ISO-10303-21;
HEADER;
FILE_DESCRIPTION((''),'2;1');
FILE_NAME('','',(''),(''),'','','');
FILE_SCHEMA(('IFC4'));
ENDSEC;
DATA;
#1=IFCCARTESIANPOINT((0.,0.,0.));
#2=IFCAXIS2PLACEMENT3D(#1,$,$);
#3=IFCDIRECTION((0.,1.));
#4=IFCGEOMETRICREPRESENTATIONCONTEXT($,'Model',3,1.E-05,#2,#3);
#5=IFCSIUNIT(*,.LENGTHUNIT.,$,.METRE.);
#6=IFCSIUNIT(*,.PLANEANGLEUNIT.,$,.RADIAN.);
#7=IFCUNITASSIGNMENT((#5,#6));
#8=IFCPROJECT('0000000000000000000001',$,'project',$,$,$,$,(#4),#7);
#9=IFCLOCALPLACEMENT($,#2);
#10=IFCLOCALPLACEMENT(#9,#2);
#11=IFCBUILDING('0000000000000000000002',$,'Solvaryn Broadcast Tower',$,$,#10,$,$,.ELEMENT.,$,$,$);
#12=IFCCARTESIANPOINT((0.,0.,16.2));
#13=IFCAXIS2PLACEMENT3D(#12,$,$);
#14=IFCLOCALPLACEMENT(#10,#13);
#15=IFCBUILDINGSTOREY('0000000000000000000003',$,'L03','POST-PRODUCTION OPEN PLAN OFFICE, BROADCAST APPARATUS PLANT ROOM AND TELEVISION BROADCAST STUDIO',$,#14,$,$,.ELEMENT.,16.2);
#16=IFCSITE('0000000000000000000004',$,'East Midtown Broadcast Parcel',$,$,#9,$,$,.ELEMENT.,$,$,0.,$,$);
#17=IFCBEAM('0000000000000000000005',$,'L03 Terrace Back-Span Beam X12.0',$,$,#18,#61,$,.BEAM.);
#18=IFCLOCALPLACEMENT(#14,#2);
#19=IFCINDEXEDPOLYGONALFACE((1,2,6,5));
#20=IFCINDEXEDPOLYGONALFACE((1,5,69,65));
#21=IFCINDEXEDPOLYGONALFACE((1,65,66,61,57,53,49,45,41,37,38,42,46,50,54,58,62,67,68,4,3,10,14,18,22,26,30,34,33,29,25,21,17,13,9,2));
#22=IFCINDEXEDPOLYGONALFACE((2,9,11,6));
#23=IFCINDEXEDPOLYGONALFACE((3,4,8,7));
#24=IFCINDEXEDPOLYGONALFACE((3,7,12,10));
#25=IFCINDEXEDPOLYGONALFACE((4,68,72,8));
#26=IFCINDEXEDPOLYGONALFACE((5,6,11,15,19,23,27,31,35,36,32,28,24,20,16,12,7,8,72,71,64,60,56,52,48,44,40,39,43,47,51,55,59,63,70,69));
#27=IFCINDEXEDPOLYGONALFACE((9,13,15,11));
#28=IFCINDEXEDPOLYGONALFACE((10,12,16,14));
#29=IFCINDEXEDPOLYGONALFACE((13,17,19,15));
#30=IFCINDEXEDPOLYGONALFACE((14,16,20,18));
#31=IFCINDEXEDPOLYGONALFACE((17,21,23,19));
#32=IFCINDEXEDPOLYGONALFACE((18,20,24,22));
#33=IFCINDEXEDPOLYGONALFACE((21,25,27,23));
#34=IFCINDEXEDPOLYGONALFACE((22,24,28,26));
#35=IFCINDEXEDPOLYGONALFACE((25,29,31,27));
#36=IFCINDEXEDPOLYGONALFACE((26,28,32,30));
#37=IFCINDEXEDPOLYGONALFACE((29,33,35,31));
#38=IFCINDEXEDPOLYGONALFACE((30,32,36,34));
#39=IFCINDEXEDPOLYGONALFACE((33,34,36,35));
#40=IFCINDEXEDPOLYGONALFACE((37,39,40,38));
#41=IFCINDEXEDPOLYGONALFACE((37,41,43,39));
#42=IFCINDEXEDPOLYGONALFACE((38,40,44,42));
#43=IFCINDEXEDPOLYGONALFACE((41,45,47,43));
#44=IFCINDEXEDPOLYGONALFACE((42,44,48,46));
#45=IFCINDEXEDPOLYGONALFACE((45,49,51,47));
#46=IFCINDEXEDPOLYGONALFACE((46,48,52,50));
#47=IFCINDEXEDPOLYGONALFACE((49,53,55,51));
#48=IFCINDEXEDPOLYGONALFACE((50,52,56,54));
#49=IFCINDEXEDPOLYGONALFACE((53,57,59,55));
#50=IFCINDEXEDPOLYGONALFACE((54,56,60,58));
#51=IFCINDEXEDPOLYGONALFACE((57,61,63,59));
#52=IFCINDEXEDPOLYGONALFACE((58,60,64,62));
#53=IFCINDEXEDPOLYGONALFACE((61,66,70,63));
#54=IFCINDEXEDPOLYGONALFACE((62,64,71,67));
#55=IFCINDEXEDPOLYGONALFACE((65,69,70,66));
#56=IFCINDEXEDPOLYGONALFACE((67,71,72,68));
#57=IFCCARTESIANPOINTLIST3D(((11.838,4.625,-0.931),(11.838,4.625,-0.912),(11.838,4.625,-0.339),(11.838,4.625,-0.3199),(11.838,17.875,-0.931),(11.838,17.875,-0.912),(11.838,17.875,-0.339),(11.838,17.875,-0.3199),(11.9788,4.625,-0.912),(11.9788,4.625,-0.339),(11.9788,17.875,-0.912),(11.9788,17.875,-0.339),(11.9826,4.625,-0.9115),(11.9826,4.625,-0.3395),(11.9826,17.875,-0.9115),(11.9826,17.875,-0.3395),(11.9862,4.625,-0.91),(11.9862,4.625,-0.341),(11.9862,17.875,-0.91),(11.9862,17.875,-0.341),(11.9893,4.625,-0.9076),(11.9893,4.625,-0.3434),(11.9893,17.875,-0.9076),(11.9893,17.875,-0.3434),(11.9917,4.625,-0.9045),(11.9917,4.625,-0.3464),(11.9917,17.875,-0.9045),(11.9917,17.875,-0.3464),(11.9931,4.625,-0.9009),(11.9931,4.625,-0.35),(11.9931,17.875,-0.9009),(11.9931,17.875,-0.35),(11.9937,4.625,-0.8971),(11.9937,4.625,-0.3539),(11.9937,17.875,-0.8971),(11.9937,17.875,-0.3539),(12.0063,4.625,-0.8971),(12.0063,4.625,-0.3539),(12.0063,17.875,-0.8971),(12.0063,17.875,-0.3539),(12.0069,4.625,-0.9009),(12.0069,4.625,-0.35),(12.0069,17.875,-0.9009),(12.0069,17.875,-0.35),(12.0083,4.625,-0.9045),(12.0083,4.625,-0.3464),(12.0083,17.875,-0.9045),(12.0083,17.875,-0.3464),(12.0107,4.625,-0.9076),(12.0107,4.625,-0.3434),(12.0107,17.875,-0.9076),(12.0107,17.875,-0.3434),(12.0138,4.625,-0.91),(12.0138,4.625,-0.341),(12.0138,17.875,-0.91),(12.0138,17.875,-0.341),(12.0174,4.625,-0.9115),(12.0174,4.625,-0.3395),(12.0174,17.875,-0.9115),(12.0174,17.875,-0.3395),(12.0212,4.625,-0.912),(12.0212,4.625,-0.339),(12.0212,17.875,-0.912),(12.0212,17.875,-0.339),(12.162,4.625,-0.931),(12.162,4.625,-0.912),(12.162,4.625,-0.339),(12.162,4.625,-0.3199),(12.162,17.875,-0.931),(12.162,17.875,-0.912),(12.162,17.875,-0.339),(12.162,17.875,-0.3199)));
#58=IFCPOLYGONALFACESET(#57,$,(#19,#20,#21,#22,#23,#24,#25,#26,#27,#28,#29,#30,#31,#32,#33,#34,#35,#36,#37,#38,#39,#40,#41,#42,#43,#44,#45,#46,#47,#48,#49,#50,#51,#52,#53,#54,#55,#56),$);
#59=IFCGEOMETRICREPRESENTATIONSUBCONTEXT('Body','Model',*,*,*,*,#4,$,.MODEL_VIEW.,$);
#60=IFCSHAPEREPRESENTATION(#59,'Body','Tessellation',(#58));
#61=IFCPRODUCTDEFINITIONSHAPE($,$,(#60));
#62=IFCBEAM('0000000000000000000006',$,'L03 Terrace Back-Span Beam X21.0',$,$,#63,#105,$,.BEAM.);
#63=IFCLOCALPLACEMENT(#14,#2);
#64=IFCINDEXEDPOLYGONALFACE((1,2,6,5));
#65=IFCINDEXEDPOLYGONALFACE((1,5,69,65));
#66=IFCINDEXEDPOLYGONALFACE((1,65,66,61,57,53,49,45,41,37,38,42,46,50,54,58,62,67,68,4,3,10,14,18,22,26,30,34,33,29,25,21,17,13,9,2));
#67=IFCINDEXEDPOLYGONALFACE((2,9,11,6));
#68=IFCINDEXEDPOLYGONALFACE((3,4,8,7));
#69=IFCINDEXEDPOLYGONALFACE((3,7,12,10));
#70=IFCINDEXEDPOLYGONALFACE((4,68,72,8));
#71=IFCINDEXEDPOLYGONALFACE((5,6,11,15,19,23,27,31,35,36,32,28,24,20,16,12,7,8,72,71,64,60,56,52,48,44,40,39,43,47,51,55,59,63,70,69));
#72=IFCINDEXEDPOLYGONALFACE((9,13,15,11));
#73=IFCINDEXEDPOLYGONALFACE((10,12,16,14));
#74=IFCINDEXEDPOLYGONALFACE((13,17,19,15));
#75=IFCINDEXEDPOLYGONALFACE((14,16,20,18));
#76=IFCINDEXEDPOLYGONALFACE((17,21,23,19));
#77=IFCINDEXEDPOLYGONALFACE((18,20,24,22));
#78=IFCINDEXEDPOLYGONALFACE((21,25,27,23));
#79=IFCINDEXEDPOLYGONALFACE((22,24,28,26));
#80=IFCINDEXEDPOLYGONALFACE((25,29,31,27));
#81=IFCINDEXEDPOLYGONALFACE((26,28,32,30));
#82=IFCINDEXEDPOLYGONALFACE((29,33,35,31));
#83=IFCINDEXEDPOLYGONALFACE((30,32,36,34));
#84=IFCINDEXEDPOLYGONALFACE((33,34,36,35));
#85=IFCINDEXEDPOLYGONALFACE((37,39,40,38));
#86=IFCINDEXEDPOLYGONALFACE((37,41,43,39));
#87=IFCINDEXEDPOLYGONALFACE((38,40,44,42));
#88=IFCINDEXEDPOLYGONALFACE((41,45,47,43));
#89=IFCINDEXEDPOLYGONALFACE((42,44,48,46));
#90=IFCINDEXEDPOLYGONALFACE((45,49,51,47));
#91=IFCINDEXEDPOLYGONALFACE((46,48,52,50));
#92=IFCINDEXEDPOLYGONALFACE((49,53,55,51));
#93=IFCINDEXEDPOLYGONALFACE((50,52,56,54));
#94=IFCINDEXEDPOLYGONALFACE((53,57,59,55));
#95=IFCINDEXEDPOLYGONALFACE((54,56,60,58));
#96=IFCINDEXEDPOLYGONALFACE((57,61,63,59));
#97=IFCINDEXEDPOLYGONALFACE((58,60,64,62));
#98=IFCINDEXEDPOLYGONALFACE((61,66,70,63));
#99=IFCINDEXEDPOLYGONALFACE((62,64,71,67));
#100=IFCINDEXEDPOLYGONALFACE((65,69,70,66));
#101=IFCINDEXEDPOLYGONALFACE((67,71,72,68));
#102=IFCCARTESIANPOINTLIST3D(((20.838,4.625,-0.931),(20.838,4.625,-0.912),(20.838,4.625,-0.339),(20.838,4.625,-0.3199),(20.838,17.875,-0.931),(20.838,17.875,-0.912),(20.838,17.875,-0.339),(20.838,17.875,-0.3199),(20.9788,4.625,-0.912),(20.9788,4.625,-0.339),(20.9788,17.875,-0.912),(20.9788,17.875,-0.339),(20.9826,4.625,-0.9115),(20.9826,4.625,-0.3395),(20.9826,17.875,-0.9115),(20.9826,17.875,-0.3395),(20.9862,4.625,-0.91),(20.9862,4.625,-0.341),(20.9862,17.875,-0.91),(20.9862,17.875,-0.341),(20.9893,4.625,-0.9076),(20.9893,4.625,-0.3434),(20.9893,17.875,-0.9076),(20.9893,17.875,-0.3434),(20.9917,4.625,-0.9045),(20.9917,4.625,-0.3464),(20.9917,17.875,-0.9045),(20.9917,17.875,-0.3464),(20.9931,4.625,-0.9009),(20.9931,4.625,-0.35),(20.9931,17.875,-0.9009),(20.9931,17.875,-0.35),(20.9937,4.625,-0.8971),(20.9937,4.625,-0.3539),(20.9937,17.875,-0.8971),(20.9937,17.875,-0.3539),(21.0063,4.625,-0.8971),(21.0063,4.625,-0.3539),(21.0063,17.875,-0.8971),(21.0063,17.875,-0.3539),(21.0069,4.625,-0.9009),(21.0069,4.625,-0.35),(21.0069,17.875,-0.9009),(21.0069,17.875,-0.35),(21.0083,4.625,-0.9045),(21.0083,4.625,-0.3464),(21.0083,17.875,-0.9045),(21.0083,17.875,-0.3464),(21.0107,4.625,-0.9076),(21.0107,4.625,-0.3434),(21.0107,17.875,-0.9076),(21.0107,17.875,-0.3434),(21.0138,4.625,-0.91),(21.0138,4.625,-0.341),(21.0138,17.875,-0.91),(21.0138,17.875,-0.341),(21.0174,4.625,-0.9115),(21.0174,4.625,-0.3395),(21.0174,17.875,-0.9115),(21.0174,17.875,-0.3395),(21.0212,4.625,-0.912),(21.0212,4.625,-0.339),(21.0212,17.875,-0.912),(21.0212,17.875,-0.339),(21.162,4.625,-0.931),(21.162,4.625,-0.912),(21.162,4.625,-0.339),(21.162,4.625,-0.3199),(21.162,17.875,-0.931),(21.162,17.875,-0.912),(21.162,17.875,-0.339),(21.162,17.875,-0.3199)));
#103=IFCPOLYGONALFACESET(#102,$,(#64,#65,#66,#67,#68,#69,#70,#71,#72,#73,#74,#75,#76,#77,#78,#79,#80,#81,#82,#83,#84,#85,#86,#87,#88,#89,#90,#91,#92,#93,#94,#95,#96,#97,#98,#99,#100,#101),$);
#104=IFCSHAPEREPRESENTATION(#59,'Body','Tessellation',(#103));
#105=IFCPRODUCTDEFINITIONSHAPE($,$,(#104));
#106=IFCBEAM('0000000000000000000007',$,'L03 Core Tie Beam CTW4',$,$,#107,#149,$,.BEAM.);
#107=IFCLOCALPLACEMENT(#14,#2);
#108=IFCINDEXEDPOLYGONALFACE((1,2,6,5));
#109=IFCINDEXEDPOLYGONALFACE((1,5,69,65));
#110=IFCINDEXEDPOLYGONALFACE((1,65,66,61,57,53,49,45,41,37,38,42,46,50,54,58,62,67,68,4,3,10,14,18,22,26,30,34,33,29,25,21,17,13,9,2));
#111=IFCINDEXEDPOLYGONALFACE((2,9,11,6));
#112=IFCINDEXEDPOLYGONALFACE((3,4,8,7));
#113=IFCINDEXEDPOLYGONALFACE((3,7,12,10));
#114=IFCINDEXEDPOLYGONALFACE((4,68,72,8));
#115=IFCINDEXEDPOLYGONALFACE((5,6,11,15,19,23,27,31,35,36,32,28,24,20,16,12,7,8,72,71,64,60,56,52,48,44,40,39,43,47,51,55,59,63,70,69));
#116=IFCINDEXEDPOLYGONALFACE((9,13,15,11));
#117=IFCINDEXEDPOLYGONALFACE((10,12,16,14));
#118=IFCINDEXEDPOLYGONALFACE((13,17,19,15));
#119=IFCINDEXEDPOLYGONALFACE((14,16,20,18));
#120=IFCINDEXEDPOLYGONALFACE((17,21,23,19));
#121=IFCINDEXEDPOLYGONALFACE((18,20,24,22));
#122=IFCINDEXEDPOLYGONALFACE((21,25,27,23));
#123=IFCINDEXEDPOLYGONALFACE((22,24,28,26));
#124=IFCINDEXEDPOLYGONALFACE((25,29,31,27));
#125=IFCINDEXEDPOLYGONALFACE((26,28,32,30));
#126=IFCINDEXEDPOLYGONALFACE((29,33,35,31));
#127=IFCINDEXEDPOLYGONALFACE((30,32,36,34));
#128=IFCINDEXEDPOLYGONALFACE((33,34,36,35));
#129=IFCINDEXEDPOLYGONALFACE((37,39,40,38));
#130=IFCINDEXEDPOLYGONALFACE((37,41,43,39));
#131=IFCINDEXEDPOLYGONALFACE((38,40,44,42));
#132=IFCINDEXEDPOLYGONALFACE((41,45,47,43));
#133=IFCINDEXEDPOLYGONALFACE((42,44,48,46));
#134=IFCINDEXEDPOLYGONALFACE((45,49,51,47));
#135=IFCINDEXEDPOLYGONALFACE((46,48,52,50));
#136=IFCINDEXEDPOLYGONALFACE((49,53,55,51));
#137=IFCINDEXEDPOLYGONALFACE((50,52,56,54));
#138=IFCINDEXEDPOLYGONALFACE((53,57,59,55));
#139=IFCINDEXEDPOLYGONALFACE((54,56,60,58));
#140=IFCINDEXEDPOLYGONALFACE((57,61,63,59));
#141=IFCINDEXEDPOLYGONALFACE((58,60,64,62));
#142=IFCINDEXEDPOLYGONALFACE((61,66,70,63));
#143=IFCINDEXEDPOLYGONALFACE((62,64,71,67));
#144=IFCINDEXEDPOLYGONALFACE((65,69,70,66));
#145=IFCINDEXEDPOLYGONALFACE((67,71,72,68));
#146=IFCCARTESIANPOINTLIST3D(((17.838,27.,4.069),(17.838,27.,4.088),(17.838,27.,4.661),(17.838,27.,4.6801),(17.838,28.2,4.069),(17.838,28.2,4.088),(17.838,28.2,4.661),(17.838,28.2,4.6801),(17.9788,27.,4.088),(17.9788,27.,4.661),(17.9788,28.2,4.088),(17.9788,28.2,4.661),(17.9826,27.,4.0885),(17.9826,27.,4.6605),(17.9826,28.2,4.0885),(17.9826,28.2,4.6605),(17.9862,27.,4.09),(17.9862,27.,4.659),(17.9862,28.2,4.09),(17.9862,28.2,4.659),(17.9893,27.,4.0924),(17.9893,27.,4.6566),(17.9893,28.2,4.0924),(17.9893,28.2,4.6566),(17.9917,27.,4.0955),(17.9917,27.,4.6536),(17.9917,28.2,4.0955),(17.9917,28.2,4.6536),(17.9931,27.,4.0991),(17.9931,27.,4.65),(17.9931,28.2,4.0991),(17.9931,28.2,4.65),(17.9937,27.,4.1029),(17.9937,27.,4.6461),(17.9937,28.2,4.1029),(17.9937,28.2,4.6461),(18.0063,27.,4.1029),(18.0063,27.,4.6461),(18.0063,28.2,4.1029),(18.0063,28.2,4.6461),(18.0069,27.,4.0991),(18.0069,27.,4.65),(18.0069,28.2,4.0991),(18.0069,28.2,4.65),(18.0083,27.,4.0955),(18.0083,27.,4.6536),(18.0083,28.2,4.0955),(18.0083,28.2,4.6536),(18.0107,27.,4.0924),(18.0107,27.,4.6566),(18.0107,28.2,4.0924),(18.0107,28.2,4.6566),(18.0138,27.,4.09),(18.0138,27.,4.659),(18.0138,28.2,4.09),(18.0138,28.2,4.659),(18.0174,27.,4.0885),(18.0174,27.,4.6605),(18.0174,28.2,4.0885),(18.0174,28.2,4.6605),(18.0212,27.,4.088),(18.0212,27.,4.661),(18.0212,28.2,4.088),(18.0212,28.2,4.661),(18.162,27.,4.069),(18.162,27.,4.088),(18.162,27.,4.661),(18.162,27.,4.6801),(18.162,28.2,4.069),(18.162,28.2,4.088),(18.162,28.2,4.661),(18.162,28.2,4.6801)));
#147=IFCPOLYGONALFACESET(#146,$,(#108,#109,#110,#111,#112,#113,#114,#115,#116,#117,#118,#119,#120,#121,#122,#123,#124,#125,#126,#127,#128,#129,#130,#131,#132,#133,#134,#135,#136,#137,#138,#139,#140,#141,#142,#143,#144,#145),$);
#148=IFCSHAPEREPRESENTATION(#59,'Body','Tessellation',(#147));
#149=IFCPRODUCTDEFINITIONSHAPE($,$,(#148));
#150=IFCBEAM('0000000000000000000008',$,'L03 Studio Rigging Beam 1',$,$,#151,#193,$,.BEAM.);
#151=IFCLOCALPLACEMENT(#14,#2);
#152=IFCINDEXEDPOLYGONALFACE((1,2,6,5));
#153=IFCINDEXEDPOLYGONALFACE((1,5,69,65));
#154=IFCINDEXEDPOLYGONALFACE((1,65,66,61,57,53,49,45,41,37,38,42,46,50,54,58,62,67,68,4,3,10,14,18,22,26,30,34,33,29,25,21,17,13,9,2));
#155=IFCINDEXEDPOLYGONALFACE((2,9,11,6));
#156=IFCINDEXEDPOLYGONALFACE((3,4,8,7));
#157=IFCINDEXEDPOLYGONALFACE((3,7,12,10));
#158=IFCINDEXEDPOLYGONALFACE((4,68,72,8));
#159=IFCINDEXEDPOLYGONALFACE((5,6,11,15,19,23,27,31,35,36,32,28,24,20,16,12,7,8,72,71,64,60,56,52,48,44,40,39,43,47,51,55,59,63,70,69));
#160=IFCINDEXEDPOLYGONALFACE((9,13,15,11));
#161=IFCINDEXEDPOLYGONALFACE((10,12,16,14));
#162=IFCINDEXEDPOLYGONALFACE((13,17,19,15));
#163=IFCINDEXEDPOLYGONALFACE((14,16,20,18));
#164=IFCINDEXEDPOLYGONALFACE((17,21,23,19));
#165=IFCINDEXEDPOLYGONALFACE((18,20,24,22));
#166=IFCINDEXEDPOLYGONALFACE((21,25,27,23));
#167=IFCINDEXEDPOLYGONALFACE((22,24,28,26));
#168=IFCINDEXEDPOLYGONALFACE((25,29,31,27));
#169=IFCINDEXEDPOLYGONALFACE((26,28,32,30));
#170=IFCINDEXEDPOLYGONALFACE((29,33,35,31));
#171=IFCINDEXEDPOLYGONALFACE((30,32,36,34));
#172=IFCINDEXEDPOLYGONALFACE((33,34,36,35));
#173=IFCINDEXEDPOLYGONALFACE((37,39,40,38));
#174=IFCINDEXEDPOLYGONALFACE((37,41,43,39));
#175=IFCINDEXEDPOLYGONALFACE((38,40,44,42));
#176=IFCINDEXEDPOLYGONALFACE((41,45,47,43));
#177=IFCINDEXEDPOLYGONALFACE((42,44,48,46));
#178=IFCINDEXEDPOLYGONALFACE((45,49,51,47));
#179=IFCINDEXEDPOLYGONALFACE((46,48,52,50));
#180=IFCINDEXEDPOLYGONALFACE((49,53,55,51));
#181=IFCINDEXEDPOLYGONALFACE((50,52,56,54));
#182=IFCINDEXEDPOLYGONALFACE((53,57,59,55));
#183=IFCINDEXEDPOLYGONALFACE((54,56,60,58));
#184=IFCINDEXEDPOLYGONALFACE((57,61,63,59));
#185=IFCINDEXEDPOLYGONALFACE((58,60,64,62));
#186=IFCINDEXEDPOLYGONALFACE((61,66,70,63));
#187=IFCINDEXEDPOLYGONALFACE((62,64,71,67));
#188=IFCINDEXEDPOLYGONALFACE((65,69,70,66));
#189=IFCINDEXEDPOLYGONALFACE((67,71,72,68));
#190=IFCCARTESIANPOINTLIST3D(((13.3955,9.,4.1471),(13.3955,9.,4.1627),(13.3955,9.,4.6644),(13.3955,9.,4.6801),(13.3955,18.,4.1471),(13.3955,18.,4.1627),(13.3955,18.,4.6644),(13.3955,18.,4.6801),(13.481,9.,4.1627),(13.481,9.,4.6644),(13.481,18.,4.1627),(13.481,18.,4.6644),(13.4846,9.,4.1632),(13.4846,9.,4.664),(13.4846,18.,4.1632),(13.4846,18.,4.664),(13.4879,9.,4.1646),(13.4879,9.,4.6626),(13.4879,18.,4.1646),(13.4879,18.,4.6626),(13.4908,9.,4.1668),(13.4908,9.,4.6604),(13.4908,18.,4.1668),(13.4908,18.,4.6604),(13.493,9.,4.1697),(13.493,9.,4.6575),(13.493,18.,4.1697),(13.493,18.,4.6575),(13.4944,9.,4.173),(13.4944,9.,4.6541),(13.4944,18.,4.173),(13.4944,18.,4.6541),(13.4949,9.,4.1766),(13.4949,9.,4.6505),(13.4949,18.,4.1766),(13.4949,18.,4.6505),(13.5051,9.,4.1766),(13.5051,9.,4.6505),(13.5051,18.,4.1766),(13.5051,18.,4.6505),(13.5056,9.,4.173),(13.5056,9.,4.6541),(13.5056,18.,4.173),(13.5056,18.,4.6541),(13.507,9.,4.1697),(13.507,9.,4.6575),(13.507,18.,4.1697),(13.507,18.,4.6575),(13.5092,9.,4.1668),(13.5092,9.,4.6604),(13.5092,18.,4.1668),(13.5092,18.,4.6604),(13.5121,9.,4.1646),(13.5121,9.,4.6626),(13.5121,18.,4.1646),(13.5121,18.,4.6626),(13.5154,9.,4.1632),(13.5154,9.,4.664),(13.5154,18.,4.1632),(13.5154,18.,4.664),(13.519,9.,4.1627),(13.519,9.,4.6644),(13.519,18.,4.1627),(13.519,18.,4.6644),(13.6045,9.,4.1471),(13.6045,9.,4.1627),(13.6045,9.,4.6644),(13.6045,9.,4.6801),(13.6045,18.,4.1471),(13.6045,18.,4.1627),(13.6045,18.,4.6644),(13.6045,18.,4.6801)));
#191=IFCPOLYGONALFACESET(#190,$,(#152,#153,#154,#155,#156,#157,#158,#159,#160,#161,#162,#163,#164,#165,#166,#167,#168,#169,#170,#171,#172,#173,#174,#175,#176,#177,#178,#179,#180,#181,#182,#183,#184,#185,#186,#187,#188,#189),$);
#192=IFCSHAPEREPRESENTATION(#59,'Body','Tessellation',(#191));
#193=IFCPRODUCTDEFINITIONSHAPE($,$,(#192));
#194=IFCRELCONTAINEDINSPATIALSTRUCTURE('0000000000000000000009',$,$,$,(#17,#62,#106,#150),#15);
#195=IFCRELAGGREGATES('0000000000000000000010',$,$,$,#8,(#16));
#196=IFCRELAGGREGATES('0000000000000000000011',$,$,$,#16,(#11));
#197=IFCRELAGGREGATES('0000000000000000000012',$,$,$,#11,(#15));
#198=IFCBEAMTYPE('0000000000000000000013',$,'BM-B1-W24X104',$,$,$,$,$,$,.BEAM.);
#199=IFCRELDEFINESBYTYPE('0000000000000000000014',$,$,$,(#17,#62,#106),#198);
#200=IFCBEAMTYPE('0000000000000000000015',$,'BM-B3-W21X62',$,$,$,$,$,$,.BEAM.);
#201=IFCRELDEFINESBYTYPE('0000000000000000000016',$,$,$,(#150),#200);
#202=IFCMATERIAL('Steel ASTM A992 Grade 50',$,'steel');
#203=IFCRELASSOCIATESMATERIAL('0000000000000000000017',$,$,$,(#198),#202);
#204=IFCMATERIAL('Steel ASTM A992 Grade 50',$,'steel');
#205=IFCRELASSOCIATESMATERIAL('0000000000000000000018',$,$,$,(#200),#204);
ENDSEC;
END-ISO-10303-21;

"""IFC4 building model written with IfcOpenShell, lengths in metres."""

from ifc_helpers import new_model, si_unit, direction, frame, origin, origin_2d, place, context, subcontext, project, spatial, i_section, extrude, material, material_profile, profile_set, type_object, element, save


model = new_model("IFC4")

# Units and contexts
model_context = context("Model", 3, precision=1e-05, world=origin(), true_north=direction((0.0, 1.0)))
body_context = subcontext(model_context, "Body", "Model", "MODEL_VIEW")
ifc_project = project(units=[si_unit("LENGTHUNIT", "METRE"), si_unit("PLANEANGLEUNIT", "RADIAN")], contexts=[model_context])

# Site, building, storey
site_placement = place(None, origin())
site = spatial("IfcSite", under=ifc_project, at=site_placement, Name="East Midtown Broadcast Parcel", CompositionType="ELEMENT", RefElevation=0.0)
building_placement = place(site_placement, origin())
building = spatial("IfcBuilding", under=site, at=building_placement, Name="Solvaryn Broadcast Tower", CompositionType="ELEMENT")
storey_placement = place(building_placement, frame((0.0, 0.0, 16.2)))
storey = spatial("IfcBuildingStorey", under=building, at=storey_placement, Name="L03", Description="POST-PRODUCTION OPEN PLAN OFFICE, BROADCAST APPARATUS PLANT ROOM AND TELEVISION BROADCAST STUDIO", CompositionType="ELEMENT", Elevation=16.2)

# Beams
ifc_material_1 = material(Name="Steel ASTM A992 Grade 50", Category="steel")
ifc_material_profile_1 = material_profile(ifc_material_1, i_section(OverallWidth=0.324, OverallDepth=0.6111, WebThickness=0.0127, FlangeThickness=0.019, FilletRadius=0.0149, at=origin_2d()))
ifc_profile_set_1 = profile_set([ifc_material_profile_1], Name="Steel ASTM A992 Grade 50")
beam_type_1 = type_object("IfcBeamType", Name="BM-B1-W24X104", PredefinedType="BEAM", material=ifc_profile_set_1)
for number, where, z_axis, x_axis, name in (
    (1, (12.0, 17.875, -0.6255), (0.0, -1.0, 0.0), (1.0, 0.0, 0.0), "L03 Terrace Back-Span Beam X12.0"),
    (2, (21.0, 17.875, -0.6255), (0.0, -1.0, 0.0), (1.0, 0.0, 0.0), "L03 Terrace Back-Span Beam X21.0"),
):
    element("IfcBeam", number, at=place(storey_placement, frame(where, z_axis=z_axis, x_axis=x_axis)), inside=storey, type_object=beam_type_1, Name=name, PredefinedType="BEAM", context=body_context, shape_type="SweptSolid", body=[
        extrude(i_section(OverallWidth=0.324, OverallDepth=0.6111, WebThickness=0.0127, FlangeThickness=0.019, FilletRadius=0.0149, at=origin_2d()), origin(), (0.0, 0.0, 1.0), 13.25),
    ])
beam_1_placement = place(storey_placement, frame((18.0, 27.0, 4.3745), z_axis=(0.0, 1.0, 0.0), x_axis=(-1.0, 0.0, 0.0)))
element("IfcBeam", 3, at=beam_1_placement, inside=storey, type_object=beam_type_1, Name="L03 Core Tie Beam CTW4", PredefinedType="BEAM", context=body_context, shape_type="SweptSolid", body=[
    extrude(i_section(OverallWidth=0.324, OverallDepth=0.6111, WebThickness=0.0127, FlangeThickness=0.019, FilletRadius=0.0149, at=origin_2d()), origin(), (0.0, 0.0, 1.0), 1.2),
])
ifc_material_2 = material(Name="Steel ASTM A992 Grade 50", Category="steel")
ifc_material_profile_2 = material_profile(ifc_material_2, i_section(OverallWidth=0.209, OverallDepth=0.533, WebThickness=0.0103, FlangeThickness=0.0156, FilletRadius=0.0139, at=origin_2d()))
ifc_profile_set_2 = profile_set([ifc_material_profile_2], Name="Steel ASTM A992 Grade 50")
beam_type_2 = type_object("IfcBeamType", Name="BM-B3-W21X62", PredefinedType="BEAM", material=ifc_profile_set_2)
for number, where, z_axis, x_axis, name in (
    (4, (13.5, 9.0, 4.4136), (0.0, 1.0, 0.0), (-1.0, 0.0, 0.0), "L03 Studio Rigging Beam 1"),
):
    element("IfcBeam", number, at=place(storey_placement, frame(where, z_axis=z_axis, x_axis=x_axis)), inside=storey, type_object=beam_type_2, Name=name, PredefinedType="BEAM", context=body_context, shape_type="SweptSolid", body=[
        extrude(i_section(OverallWidth=0.209, OverallDepth=0.533, WebThickness=0.0103, FlangeThickness=0.0156, FilletRadius=0.0139, at=origin_2d()), origin(), (0.0, 0.0, 1.0), 9.0),
    ])

save(model, "model.ifc")
